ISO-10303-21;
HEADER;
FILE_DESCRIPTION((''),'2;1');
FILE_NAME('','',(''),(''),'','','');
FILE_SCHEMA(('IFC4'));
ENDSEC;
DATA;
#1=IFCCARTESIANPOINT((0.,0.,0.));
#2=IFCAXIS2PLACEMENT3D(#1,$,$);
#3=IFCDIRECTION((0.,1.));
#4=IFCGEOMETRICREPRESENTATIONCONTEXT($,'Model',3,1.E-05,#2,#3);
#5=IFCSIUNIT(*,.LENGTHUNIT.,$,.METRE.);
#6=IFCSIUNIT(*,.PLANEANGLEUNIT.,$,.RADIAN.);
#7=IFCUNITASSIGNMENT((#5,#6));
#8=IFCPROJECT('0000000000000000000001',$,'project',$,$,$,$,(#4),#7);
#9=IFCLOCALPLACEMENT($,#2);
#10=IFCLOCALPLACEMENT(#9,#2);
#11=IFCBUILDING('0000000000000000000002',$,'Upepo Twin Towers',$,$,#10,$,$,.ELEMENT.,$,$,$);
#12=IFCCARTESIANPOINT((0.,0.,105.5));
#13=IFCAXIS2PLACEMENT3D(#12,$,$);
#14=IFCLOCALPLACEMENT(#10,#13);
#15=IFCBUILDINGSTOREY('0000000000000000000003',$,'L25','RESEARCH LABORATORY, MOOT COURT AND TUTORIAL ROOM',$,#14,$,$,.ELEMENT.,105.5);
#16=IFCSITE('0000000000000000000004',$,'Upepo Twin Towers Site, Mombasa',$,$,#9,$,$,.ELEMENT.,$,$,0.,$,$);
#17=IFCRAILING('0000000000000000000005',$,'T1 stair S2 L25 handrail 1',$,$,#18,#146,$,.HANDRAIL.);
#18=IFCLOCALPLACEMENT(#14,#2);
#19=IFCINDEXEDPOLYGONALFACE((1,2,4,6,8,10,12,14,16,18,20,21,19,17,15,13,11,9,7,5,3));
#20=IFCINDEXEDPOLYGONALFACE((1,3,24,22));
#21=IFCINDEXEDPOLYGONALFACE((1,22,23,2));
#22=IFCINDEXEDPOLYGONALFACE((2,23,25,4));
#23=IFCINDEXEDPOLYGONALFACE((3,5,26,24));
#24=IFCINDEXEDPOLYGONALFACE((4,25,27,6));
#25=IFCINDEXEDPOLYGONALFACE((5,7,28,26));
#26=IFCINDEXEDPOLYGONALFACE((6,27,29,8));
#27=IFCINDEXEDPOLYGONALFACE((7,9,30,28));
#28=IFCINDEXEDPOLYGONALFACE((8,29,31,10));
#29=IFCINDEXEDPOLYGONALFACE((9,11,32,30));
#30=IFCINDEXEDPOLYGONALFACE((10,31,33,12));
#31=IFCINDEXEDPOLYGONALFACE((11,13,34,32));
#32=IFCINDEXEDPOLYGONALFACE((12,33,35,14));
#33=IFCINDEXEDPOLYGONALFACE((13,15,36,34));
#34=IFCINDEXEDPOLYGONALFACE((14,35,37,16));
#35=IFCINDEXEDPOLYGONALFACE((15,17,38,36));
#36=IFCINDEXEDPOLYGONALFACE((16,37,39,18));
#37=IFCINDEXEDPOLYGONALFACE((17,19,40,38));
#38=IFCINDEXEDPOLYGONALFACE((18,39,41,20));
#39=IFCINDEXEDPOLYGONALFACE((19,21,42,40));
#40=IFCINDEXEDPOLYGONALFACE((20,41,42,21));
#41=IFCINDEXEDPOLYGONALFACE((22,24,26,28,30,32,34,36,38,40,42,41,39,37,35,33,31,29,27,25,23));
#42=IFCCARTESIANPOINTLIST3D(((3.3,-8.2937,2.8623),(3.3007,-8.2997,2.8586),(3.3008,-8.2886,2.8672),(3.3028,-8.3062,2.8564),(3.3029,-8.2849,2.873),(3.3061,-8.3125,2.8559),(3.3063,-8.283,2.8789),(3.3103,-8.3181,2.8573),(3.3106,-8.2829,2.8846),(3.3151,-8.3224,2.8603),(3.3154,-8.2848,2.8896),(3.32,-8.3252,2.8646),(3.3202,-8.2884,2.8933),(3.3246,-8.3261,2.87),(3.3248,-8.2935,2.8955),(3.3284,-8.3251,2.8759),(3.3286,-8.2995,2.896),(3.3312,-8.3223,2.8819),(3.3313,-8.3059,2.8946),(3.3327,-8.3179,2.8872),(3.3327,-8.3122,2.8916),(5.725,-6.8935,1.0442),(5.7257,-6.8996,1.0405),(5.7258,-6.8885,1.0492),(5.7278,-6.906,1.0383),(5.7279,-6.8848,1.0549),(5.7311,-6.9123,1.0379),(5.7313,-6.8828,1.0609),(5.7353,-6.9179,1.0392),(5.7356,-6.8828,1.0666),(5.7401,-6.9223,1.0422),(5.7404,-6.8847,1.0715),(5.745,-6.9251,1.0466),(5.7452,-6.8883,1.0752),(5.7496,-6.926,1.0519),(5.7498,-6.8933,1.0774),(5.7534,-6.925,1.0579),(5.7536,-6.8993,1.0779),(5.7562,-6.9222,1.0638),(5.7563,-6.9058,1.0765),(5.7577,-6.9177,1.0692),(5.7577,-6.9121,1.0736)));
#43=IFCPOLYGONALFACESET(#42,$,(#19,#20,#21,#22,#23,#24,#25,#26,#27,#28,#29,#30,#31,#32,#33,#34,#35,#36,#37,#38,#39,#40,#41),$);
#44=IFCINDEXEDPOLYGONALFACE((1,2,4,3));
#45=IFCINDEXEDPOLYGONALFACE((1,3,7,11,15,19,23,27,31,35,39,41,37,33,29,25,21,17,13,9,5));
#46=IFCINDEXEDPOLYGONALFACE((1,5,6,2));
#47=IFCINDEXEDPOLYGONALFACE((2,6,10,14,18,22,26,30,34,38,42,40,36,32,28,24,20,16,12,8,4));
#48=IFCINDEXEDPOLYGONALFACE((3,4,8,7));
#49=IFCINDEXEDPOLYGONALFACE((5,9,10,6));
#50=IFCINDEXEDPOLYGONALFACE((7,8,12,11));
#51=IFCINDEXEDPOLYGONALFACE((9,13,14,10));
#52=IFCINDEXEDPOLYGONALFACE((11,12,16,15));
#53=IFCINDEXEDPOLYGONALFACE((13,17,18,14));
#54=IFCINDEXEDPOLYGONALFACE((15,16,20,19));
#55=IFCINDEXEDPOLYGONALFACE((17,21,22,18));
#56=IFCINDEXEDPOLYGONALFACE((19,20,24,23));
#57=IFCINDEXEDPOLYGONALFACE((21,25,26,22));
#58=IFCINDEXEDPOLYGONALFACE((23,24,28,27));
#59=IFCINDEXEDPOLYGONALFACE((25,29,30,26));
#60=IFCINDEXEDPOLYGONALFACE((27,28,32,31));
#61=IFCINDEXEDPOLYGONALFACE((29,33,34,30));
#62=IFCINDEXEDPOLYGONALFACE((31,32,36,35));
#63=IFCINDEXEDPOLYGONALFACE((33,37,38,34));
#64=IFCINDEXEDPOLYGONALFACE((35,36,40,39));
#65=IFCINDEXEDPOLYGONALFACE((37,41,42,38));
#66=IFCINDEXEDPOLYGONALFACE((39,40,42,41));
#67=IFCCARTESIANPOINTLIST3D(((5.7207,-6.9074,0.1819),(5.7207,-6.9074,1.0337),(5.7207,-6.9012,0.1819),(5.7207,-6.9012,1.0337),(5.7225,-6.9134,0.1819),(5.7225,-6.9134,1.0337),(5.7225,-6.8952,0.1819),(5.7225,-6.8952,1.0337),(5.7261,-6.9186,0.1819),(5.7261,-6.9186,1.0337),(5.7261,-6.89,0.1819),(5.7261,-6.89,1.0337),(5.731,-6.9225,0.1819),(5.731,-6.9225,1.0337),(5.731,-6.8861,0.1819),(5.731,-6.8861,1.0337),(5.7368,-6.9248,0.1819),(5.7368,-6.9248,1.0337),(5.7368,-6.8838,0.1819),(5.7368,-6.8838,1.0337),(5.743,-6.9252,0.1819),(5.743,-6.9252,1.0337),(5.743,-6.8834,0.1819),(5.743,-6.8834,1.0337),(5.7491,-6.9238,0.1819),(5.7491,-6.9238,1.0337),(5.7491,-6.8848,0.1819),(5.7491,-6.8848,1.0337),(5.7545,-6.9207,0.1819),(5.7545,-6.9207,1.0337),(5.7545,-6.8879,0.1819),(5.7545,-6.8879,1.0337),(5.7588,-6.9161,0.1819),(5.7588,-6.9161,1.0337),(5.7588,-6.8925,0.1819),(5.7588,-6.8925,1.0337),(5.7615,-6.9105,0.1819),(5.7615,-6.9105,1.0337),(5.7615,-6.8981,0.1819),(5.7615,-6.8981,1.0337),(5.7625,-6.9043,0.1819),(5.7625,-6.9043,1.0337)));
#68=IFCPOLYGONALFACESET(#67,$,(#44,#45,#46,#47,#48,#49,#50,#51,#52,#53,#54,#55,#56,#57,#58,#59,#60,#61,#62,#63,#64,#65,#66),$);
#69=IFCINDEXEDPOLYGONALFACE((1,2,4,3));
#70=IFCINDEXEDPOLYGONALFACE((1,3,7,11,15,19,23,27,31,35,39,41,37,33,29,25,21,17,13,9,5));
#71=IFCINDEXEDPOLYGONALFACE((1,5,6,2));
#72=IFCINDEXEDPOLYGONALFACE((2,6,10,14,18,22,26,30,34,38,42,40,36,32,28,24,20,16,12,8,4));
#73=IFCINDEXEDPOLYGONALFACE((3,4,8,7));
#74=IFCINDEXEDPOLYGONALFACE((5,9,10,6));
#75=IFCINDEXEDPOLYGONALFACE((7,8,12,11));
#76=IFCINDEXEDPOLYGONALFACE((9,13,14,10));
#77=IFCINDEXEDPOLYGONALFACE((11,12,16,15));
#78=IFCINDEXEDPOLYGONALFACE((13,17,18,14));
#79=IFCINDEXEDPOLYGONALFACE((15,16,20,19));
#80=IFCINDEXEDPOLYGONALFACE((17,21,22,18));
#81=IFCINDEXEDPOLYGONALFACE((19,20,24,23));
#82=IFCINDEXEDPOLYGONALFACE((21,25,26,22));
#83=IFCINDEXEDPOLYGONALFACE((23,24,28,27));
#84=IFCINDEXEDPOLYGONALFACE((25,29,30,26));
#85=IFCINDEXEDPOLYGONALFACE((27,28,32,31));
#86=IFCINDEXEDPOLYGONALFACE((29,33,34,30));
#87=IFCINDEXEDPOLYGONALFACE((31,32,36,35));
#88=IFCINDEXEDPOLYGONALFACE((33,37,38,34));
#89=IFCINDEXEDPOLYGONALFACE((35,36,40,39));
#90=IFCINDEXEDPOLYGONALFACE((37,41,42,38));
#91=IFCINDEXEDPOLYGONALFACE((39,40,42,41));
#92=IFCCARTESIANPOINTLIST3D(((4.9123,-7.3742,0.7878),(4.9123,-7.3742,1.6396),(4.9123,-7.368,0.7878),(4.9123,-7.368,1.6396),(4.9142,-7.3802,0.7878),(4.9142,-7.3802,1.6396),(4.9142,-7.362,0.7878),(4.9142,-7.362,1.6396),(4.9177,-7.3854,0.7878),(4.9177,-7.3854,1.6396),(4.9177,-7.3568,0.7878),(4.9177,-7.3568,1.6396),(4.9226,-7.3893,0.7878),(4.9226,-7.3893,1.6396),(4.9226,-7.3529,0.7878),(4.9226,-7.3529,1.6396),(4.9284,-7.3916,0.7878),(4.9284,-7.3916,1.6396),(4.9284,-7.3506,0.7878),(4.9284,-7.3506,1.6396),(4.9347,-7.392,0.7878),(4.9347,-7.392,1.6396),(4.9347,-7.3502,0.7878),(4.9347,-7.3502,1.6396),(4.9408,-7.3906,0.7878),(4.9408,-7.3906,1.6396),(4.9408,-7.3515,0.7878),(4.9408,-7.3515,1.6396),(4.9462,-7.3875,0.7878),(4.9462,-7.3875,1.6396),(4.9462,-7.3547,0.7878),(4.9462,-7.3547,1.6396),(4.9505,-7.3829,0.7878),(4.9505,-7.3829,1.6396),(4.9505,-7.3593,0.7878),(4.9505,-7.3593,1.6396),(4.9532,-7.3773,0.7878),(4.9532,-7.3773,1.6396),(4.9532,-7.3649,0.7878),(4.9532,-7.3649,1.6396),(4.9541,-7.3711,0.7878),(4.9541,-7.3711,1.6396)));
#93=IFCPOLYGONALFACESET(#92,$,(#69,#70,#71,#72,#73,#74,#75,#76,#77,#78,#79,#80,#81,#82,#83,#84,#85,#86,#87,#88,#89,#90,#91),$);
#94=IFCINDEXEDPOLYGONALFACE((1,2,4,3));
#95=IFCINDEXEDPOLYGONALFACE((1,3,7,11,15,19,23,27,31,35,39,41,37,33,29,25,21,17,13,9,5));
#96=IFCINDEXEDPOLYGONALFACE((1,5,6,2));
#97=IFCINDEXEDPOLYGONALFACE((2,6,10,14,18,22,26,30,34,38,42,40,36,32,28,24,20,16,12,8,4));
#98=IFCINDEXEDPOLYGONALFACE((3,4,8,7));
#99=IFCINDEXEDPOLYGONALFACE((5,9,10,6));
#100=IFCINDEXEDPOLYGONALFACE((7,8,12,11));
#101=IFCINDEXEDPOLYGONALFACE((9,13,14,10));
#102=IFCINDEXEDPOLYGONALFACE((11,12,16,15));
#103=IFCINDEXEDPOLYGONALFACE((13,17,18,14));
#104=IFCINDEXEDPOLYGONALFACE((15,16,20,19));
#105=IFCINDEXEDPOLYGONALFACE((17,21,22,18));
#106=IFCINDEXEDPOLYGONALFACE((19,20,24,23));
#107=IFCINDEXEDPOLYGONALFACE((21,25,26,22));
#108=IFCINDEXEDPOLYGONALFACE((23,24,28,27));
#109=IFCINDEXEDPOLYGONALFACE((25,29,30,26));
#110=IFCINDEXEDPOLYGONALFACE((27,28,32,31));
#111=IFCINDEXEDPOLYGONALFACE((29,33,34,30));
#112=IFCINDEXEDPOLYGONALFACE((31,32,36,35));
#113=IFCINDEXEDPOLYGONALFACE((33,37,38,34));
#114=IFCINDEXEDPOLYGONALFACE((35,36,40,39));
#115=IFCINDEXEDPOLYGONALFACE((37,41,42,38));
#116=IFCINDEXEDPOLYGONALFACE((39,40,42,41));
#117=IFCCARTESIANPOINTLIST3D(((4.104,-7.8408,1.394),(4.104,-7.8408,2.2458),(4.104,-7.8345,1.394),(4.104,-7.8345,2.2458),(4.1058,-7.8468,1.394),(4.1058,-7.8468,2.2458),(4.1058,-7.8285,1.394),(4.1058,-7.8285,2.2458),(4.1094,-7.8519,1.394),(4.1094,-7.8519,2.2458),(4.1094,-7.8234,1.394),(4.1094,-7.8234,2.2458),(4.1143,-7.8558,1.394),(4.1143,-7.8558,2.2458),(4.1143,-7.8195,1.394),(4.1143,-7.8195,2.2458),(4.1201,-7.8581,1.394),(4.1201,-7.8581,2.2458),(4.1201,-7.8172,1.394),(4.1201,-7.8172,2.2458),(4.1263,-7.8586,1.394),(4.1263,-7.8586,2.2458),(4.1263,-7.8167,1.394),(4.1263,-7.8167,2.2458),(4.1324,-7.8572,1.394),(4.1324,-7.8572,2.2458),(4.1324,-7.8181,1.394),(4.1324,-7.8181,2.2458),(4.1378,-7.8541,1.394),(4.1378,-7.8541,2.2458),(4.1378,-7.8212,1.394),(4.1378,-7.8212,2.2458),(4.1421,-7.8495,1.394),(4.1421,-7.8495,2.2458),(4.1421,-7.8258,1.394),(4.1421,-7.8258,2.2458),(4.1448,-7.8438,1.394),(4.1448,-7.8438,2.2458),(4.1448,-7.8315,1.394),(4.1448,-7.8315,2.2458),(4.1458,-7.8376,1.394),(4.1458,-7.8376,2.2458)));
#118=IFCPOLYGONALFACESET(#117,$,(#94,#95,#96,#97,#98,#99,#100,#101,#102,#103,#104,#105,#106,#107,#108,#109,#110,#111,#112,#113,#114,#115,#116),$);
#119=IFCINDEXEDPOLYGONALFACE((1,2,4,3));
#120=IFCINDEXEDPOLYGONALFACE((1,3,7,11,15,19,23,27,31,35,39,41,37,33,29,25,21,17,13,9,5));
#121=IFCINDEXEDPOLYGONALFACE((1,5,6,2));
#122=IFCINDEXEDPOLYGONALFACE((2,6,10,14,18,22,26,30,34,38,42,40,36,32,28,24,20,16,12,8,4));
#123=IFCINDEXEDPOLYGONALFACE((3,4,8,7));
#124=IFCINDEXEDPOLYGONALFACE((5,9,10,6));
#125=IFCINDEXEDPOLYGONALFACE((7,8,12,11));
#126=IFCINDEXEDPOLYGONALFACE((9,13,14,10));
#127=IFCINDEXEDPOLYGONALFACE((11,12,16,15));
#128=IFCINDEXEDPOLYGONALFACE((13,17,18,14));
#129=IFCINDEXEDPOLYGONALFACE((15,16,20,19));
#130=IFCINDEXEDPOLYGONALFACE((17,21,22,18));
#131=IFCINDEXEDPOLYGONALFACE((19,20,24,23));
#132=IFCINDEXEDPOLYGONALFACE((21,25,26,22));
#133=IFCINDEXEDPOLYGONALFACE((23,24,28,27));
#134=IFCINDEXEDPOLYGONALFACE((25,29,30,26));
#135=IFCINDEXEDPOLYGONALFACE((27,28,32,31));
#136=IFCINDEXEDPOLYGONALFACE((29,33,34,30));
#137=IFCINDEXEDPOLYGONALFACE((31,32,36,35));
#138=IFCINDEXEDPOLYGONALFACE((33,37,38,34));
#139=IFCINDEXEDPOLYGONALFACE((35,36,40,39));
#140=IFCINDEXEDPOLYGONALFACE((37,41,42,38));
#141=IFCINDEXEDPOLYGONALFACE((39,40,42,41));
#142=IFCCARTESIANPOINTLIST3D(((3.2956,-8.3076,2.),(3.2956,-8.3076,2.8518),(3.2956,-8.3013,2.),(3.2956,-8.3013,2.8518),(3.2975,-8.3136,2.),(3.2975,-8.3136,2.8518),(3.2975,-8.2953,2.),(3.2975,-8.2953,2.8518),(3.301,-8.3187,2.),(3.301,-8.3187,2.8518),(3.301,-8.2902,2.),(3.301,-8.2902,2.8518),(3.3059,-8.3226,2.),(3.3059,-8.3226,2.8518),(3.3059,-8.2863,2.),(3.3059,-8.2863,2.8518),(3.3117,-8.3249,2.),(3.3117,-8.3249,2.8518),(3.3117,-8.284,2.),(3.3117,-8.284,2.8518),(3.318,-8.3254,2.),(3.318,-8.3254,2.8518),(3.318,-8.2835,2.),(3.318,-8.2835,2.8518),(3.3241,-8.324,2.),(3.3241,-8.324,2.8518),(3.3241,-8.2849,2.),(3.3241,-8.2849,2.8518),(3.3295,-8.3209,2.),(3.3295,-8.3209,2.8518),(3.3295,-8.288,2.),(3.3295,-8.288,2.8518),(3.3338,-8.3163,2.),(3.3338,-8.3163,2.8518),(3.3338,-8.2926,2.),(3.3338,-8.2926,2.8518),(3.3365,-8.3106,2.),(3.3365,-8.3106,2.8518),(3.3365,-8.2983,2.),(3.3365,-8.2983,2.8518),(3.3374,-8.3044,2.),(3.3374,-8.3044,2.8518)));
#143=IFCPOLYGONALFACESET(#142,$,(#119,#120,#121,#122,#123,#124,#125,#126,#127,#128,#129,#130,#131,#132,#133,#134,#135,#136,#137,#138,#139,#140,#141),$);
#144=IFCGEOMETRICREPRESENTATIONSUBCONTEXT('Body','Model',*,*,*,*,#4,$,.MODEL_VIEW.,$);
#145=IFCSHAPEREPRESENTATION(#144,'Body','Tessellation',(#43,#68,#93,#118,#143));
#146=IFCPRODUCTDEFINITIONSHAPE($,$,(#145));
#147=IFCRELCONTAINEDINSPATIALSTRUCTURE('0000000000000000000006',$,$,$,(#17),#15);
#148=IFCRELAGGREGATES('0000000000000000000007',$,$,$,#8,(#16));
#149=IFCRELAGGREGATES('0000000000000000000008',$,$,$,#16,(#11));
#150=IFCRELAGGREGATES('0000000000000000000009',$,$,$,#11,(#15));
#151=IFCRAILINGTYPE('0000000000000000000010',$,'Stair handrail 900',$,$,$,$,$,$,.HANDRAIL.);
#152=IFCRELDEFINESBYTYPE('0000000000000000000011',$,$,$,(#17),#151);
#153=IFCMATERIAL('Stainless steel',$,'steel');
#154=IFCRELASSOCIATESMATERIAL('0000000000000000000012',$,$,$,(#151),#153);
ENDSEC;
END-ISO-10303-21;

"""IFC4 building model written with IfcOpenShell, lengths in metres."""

from ifc_helpers import new_model, si_unit, direction, frame, origin, origin_2d, place, context, subcontext, project, spatial, circle, extrude, material, type_object, element, save


model = new_model("IFC4")

# Units and contexts
model_context = context("Model", 3, precision=1e-05, world=origin(), true_north=direction((0.0, 1.0)))
body_context = subcontext(model_context, "Body", "Model", "MODEL_VIEW")
ifc_project = project(units=[si_unit("LENGTHUNIT", "METRE"), si_unit("PLANEANGLEUNIT", "RADIAN")], contexts=[model_context])

# Site, building, storey
site_placement = place(None, origin())
site = spatial("IfcSite", under=ifc_project, at=site_placement, Name="Upepo Twin Towers Site, Mombasa", CompositionType="ELEMENT", RefElevation=0.0)
building_placement = place(site_placement, origin())
building = spatial("IfcBuilding", under=site, at=building_placement, Name="Upepo Twin Towers", CompositionType="ELEMENT")
storey_placement = place(building_placement, frame((0.0, 0.0, 105.5)))
storey = spatial("IfcBuildingStorey", under=building, at=storey_placement, Name="L25", Description="RESEARCH LABORATORY, MOOT COURT AND TUTORIAL ROOM", CompositionType="ELEMENT", Elevation=105.5)

# Railing
ifc_material_1 = material(Name="Stainless steel", Category="steel")
railing_type = type_object("IfcRailingType", Name="Stair handrail 900", PredefinedType="HANDRAIL", material=ifc_material_1)
railing_1_placement = place(storey_placement, frame((5.7415, -6.9043, 0.1819)))
element("IfcRailing", 1, at=railing_1_placement, inside=storey, type_object=railing_type, Name="T1 stair S2 L25 handrail 1", PredefinedType="HANDRAIL", context=body_context, shape_type="SweptSolid", body=[
    extrude(circle(Radius=0.0239, at=origin_2d()), frame((0.0, 0.0, 0.876), z_axis=(-0.726349, -0.419371, 0.54456), x_axis=(0.500012, -0.866019, 0.0)), (0.0, 0.0, 1.0), 3.3386),
    extrude(circle(Radius=0.021, at=origin_2d()), origin(), (0.0, 0.0, 1.0), 0.8518),
    extrude(circle(Radius=0.021, at=origin_2d()), frame((-0.8083, -0.4668, 0.606)), (0.0, 0.0, 1.0), 0.8518),
    extrude(circle(Radius=0.021, at=origin_2d()), frame((-1.6167, -0.9333, 1.2122)), (0.0, 0.0, 1.0), 0.8518),
    extrude(circle(Radius=0.021, at=origin_2d()), frame((-2.425, -1.4001, 1.8181)), (0.0, 0.0, 1.0), 0.8518),
])

save(model, "model.ifc")
